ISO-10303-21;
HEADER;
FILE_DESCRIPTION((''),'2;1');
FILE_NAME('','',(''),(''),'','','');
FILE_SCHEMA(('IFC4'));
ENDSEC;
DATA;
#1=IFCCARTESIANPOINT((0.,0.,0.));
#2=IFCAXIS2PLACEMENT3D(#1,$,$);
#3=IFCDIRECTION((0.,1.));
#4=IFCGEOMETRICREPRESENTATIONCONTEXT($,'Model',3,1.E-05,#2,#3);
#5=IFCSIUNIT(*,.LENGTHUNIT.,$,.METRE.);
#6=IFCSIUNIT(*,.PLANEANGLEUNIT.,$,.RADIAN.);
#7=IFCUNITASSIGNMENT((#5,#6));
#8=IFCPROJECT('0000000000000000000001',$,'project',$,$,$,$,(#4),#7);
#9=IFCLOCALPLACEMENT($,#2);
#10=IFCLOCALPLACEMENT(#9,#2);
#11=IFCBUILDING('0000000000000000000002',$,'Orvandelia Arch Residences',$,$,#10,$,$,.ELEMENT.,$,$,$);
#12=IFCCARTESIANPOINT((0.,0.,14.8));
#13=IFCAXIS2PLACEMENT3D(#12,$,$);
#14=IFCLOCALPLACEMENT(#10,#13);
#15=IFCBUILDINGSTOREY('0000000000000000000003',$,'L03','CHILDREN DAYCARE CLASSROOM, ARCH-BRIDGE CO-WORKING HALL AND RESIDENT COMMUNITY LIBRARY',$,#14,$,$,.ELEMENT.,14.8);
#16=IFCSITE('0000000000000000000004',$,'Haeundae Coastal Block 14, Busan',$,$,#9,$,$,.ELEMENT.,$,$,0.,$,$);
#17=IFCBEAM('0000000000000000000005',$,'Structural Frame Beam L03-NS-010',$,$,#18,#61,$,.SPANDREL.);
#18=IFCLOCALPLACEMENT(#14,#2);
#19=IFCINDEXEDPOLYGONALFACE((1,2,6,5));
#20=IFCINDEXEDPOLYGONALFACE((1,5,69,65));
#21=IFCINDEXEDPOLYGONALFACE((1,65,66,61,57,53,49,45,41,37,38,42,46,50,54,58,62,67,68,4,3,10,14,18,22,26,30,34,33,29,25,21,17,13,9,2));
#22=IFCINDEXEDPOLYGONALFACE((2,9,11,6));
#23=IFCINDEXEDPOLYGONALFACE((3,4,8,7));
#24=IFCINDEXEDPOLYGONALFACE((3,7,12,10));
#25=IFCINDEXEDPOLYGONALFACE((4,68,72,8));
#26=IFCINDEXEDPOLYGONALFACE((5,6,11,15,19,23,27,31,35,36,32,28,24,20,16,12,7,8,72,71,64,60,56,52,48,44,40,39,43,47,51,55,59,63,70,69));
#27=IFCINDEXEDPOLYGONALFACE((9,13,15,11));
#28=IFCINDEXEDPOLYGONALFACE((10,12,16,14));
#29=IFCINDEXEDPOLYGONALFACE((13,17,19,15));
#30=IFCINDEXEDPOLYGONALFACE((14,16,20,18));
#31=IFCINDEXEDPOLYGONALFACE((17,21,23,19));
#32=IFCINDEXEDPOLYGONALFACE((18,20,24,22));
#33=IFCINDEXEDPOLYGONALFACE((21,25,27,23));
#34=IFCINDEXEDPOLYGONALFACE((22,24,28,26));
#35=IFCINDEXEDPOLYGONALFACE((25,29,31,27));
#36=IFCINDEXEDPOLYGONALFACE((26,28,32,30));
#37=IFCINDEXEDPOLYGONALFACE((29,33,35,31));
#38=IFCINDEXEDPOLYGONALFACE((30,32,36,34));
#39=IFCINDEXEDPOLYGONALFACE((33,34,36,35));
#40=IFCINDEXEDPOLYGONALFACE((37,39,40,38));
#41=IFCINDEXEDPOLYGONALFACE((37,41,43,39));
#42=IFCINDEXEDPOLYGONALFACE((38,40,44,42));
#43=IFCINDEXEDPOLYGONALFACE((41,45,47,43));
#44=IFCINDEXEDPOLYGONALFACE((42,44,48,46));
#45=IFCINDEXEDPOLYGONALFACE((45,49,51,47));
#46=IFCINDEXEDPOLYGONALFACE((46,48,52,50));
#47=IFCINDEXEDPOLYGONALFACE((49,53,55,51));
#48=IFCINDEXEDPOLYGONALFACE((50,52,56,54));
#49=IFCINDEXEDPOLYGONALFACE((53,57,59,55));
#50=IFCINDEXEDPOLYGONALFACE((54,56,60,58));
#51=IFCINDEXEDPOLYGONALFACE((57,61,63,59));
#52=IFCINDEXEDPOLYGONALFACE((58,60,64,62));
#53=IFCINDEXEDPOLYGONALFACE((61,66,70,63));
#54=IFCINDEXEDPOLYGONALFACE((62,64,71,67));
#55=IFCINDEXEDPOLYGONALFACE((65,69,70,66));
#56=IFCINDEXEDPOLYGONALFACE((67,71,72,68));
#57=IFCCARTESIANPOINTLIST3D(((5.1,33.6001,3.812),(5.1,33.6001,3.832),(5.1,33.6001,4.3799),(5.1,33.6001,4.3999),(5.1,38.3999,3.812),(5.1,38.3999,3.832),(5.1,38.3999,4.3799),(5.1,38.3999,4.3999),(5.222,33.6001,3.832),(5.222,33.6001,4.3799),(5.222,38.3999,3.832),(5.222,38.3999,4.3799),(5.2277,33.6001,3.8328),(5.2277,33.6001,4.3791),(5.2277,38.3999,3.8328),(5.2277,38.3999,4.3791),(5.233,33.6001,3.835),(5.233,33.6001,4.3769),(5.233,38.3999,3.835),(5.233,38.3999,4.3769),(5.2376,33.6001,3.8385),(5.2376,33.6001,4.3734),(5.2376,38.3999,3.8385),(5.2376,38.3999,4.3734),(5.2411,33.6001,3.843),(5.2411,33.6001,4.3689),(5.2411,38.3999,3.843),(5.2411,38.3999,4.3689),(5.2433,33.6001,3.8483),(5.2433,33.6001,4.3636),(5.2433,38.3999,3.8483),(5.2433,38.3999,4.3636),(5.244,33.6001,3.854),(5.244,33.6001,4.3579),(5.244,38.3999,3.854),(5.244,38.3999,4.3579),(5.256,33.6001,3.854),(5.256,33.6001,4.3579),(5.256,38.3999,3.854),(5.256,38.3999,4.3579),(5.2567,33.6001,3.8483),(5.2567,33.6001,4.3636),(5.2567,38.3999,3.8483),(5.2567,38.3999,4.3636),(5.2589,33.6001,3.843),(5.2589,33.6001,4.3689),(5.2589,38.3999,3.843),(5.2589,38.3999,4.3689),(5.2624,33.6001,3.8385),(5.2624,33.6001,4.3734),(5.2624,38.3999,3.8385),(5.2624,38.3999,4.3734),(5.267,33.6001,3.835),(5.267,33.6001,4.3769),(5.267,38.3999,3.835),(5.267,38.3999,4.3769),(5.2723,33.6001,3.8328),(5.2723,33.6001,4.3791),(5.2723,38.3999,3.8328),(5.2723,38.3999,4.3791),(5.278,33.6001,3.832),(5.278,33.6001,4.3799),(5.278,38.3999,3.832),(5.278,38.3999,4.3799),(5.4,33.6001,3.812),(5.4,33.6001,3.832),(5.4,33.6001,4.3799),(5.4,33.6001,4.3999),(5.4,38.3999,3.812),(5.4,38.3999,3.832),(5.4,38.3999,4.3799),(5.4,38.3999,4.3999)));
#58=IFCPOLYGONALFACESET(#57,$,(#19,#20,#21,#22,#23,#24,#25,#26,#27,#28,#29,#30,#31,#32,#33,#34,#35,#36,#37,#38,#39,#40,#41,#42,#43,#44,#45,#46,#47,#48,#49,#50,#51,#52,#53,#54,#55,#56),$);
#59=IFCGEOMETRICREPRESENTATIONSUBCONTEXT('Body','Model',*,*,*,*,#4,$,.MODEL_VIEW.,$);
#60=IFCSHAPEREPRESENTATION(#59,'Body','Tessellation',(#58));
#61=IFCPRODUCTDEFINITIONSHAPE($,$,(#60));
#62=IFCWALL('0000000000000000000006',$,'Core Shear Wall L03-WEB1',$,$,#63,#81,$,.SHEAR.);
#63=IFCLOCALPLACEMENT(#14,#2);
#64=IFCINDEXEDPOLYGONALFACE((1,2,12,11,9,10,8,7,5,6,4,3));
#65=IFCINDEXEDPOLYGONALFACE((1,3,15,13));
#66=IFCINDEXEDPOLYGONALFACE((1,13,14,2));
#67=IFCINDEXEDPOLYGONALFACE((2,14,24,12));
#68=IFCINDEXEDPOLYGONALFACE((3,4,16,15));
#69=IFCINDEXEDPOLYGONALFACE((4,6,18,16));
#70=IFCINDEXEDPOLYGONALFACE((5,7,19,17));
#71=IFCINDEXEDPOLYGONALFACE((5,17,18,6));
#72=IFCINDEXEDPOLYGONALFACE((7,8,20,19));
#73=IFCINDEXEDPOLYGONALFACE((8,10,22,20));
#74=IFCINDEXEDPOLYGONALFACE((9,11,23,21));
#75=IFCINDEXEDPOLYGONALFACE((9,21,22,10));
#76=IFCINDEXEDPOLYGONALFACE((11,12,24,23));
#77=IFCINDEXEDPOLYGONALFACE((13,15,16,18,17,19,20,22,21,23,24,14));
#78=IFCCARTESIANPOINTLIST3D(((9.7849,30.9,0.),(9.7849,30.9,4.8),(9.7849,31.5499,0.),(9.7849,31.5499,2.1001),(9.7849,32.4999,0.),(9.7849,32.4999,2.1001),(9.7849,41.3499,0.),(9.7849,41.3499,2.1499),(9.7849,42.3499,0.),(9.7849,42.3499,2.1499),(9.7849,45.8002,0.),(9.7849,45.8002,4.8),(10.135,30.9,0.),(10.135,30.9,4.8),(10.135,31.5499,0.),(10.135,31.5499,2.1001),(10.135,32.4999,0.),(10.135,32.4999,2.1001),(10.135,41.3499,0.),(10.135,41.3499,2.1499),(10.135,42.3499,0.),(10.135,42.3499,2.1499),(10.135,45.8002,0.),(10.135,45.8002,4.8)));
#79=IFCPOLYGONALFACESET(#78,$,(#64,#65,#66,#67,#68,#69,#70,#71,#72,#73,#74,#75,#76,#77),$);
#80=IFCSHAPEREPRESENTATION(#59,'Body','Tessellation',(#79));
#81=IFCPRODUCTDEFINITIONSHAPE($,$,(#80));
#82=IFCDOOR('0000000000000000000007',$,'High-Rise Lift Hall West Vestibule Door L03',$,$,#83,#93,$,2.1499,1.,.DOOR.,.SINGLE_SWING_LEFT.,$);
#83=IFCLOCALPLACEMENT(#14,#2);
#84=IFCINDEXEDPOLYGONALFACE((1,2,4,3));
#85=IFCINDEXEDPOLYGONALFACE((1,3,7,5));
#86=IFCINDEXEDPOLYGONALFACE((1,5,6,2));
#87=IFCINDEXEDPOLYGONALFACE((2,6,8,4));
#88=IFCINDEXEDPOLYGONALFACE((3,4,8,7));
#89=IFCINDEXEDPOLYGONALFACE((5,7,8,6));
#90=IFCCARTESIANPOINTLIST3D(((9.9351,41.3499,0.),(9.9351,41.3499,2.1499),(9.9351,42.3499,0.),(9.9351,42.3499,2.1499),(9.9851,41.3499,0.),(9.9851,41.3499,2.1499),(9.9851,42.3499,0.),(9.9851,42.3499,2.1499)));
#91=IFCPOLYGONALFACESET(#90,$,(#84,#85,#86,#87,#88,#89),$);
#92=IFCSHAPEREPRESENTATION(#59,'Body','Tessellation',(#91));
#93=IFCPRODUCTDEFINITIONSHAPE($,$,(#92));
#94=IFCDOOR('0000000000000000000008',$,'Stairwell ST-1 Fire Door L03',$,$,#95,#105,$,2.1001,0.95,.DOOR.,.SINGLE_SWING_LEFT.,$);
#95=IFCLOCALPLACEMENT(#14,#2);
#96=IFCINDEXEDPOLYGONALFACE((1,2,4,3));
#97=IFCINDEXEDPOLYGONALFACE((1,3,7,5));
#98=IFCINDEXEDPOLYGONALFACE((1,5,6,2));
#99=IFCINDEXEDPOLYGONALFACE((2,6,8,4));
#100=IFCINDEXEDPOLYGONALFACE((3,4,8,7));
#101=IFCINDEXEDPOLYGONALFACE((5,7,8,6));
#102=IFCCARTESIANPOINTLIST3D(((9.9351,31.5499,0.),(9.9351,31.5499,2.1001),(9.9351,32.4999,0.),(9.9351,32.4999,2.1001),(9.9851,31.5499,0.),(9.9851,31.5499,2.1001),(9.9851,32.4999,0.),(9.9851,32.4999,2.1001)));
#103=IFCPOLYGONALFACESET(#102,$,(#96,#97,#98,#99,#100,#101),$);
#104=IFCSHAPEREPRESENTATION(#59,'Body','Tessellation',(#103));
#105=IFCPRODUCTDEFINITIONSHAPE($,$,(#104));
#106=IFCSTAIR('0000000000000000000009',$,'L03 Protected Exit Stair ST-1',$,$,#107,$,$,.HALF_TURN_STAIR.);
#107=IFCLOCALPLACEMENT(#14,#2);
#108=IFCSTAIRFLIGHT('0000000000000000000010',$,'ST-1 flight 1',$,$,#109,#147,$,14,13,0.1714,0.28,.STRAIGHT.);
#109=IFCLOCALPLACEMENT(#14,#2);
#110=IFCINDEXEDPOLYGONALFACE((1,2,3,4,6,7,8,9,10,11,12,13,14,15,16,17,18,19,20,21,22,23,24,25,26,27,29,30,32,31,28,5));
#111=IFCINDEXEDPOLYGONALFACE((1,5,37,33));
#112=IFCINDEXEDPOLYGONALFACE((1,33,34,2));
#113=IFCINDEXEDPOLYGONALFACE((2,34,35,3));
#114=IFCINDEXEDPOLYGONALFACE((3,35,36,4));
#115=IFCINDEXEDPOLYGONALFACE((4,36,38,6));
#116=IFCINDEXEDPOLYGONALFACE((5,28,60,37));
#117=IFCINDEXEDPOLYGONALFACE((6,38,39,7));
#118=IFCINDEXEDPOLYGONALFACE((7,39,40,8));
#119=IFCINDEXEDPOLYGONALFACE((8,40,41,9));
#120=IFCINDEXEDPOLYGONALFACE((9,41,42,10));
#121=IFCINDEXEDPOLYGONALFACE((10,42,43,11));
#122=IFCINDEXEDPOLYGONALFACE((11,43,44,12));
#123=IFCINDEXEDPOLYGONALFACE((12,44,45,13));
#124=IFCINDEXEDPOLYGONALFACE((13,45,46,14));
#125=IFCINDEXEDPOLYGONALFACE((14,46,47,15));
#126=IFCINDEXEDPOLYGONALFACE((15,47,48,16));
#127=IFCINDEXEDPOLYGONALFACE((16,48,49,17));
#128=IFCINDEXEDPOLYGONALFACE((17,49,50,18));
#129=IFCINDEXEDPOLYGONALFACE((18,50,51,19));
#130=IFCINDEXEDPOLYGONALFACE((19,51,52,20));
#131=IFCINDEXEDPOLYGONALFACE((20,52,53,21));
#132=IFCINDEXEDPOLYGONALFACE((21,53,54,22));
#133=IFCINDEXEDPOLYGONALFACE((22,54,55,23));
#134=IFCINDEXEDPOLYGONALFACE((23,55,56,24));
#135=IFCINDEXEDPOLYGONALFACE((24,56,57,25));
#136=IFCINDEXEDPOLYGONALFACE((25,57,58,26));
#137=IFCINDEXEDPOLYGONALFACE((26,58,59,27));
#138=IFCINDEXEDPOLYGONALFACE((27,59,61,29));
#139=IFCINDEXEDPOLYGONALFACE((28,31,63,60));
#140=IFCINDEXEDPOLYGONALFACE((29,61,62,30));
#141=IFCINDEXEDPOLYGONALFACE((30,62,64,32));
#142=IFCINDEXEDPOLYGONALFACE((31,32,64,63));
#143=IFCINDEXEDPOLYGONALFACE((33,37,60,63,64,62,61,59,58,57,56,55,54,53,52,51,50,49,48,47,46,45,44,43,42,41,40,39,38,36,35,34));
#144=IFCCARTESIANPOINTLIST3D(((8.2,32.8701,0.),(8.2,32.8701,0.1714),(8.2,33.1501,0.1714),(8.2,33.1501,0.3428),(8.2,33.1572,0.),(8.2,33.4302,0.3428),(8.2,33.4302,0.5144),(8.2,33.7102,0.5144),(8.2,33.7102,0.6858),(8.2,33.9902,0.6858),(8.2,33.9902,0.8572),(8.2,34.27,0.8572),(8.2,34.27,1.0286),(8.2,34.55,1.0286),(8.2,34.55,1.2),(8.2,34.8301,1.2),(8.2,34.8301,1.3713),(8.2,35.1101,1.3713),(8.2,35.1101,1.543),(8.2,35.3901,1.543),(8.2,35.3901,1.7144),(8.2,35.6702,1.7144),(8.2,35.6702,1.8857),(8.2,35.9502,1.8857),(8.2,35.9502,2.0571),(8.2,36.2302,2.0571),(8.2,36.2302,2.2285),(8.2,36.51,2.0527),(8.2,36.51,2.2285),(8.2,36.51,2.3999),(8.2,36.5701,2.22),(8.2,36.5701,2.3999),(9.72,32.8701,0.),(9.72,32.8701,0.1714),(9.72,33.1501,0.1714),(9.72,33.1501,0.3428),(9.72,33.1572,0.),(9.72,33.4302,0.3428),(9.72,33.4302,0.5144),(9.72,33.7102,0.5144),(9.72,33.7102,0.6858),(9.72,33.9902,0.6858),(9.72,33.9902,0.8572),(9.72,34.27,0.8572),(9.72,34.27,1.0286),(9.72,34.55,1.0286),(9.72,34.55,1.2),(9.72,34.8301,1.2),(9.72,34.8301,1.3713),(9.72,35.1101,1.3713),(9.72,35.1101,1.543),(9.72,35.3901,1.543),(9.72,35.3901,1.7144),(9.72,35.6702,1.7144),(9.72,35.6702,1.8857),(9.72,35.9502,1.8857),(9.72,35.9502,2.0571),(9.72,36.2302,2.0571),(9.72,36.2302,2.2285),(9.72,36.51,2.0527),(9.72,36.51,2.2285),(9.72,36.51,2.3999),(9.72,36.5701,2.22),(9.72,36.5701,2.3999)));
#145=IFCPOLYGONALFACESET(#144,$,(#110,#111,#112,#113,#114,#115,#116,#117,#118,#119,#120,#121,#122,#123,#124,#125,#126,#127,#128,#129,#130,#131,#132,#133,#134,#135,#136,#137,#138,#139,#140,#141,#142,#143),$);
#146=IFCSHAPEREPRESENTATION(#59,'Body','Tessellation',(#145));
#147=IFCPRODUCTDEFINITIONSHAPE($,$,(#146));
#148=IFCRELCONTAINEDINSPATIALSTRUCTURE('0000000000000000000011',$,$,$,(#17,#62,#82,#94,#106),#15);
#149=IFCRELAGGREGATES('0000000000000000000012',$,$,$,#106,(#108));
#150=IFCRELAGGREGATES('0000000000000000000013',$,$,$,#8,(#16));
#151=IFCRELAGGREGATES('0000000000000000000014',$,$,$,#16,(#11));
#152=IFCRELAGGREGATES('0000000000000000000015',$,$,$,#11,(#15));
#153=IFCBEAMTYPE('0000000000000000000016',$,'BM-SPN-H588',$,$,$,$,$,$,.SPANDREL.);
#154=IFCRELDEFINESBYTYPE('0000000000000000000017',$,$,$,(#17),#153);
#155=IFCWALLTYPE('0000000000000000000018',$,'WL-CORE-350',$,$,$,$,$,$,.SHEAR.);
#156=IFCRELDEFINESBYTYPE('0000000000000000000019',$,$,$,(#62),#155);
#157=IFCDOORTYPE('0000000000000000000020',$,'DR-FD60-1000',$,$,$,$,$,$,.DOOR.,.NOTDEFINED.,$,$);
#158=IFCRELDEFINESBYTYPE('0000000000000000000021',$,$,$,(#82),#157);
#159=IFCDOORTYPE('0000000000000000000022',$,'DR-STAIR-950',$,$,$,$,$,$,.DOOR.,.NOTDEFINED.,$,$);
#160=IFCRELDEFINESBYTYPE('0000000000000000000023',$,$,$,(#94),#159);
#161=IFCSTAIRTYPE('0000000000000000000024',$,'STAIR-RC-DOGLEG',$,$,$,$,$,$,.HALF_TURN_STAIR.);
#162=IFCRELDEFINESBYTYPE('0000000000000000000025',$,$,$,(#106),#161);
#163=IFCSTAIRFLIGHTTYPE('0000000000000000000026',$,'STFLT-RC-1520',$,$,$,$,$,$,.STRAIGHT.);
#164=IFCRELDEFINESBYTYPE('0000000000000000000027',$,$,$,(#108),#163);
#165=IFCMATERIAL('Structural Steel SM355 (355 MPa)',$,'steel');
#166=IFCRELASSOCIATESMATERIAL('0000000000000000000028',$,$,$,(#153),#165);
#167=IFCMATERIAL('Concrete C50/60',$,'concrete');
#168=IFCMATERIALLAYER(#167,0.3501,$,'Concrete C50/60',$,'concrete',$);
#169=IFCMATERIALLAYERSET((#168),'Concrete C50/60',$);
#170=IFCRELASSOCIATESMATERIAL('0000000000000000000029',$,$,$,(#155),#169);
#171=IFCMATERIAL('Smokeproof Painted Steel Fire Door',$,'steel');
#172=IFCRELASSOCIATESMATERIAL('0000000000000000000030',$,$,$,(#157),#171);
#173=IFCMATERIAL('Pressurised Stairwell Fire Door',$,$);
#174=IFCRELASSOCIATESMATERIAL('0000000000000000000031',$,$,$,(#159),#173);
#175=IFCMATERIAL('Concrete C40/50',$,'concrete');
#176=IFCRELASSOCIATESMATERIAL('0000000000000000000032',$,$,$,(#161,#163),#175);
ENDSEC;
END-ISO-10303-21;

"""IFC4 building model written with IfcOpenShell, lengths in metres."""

from ifc_helpers import new_model, si_unit, direction, frame, frame_2d, origin, origin_2d, place, context, subcontext, project, spatial, polyline, rectangle, i_section, outline, extrude, material, layer, layer_set, material_profile, profile_set, type_object, element, fill, aggregate, save


model = new_model("IFC4")

# Units and contexts
model_context = context("Model", 3, precision=1e-05, world=origin(), true_north=direction((0.0, 1.0)))
body_context = subcontext(model_context, "Body", "Model", "MODEL_VIEW")
ifc_project = project(units=[si_unit("LENGTHUNIT", "METRE"), si_unit("PLANEANGLEUNIT", "RADIAN")], contexts=[model_context])

# Site, building, storey
site_placement = place(None, origin())
site = spatial("IfcSite", under=ifc_project, at=site_placement, Name="Haeundae Coastal Block 14, Busan", CompositionType="ELEMENT", RefElevation=0.0)
building_placement = place(site_placement, origin())
building = spatial("IfcBuilding", under=site, at=building_placement, Name="Orvandelia Arch Residences", CompositionType="ELEMENT")
storey_placement = place(building_placement, frame((0.0, 0.0, 14.8)))
storey = spatial("IfcBuildingStorey", under=building, at=storey_placement, Name="L03", Description="CHILDREN DAYCARE CLASSROOM, ARCH-BRIDGE CO-WORKING HALL AND RESIDENT COMMUNITY LIBRARY", CompositionType="ELEMENT", Elevation=14.8)

# Beam
ifc_material_1 = material(Name="Structural Steel SM355 (355 MPa)", Category="steel")
ifc_material_profile_1 = material_profile(ifc_material_1, i_section(OverallWidth=0.3, OverallDepth=0.5879, WebThickness=0.012, FlangeThickness=0.02, FilletRadius=0.022, at=origin_2d()), Name="Structural Steel SM355 (355 MPa)", Category="steel")
ifc_profile_set_1 = profile_set([ifc_material_profile_1], Name="Structural Steel SM355 (355 MPa)")
beam_type_1 = type_object("IfcBeamType", Name="BM-SPN-H588", PredefinedType="SPANDREL", material=ifc_profile_set_1)
beam_1_placement = place(storey_placement, frame((5.25, 33.6001, 4.106), z_axis=(0.0, 1.0, 0.0), x_axis=(-1.0, 0.0, 0.0)))
element("IfcBeam", 1, at=beam_1_placement, inside=storey, type_object=beam_type_1, Name="Structural Frame Beam L03-NS-010", PredefinedType="SPANDREL", context=body_context, shape_type="SweptSolid", body=[
    extrude(i_section(OverallWidth=0.3, OverallDepth=0.5879, WebThickness=0.012, FlangeThickness=0.02, FilletRadius=0.022, at=origin_2d()), origin(), (0.0, 0.0, 1.0), 4.7998),
])

# Wall, openings, doors
ifc_material_2 = material(Name="Concrete C50/60", Category="concrete")
ifc_layer_1 = layer(ifc_material_2, 0.3501, Name="Concrete C50/60", Category="concrete")
ifc_layer_set_1 = layer_set([ifc_layer_1], Name="Concrete C50/60")
wall_type_1 = type_object("IfcWallType", Name="WL-CORE-350", PredefinedType="SHEAR", material=ifc_layer_set_1)
wall_1_placement = place(storey_placement, frame((9.96, 30.8999, 0.0), z_axis=(0.0, 0.0, 1.0), x_axis=(0.0, 1.0, 0.0)))
wall_1 = element("IfcWall", 2, at=wall_1_placement, inside=storey, type_object=wall_type_1, Name="Core Shear Wall L03-WEB1", PredefinedType="SHEAR", context=body_context, shape_type="SweptSolid", body=[
    extrude(rectangle(XDim=14.9001, YDim=0.3501, at=frame_2d((7.4502, 0.0))), origin(), (0.0, 0.0, 1.0), 4.8),
])
opening_1_placement = place(wall_1_placement, frame((0.6499, 0.0, 0.0)))
opening_1 = element("IfcOpeningElement", 3, at=opening_1_placement, cuts=wall_1, PredefinedType="OPENING", context=body_context, shape_type="SweptSolid", body=[
    extrude(rectangle(XDim=0.95, YDim=2.1001, at=frame_2d((0.4751, 1.05))), frame((0.0, 0.1851, 0.0), z_axis=(0.0, -1.0, 0.0), x_axis=(1.0, 0.0, 0.0)), (0.0, 0.0, 1.0), 0.3701),
])
opening_2_placement = place(wall_1_placement, frame((10.45, 0.0, 0.0)))
opening_2 = element("IfcOpeningElement", 4, at=opening_2_placement, cuts=wall_1, PredefinedType="OPENING", context=body_context, shape_type="SweptSolid", body=[
    extrude(rectangle(XDim=1.0, YDim=2.1499, at=frame_2d((0.5, 1.075))), frame((0.0, 0.1851, 0.0), z_axis=(0.0, -1.0, 0.0), x_axis=(1.0, 0.0, 0.0)), (0.0, 0.0, 1.0), 0.3701),
])
ifc_material_3 = material(Name="Smokeproof Painted Steel Fire Door", Category="steel")
door_type_1 = type_object("IfcDoorType", Name="DR-FD60-1000", OperationType="NOTDEFINED", PredefinedType="DOOR", material=ifc_material_3)
door_1_placement = place(opening_2_placement, origin())
door_1 = element("IfcDoor", 5, at=door_1_placement, inside=storey, type_object=door_type_1, Name="High-Rise Lift Hall West Vestibule Door L03", OperationType="SINGLE_SWING_LEFT", OverallHeight=2.1499, OverallWidth=1.0, PredefinedType="DOOR", context=body_context, shape_type="SweptSolid", body=[
    extrude(rectangle(XDim=1.0, YDim=2.1499, at=frame_2d((0.5, 1.075))), frame((0.0, 0.0249, 0.0), z_axis=(0.0, -1.0, 0.0), x_axis=(1.0, 0.0, 0.0)), (0.0, 0.0, 1.0), 0.05),
])
fill(opening_2, door_1)
ifc_material_4 = material(Name="Pressurised Stairwell Fire Door")
door_type_2 = type_object("IfcDoorType", Name="DR-STAIR-950", OperationType="NOTDEFINED", PredefinedType="DOOR", material=ifc_material_4)
door_2_placement = place(opening_1_placement, origin())
door_2 = element("IfcDoor", 6, at=door_2_placement, inside=storey, type_object=door_type_2, Name="Stairwell ST-1 Fire Door L03", OperationType="SINGLE_SWING_LEFT", OverallHeight=2.1001, OverallWidth=0.95, PredefinedType="DOOR", context=body_context, shape_type="SweptSolid", body=[
    extrude(rectangle(XDim=0.95, YDim=2.1001, at=frame_2d((0.4751, 1.05))), frame((0.0, 0.0249, 0.0), z_axis=(0.0, -1.0, 0.0), x_axis=(1.0, 0.0, 0.0)), (0.0, 0.0, 1.0), 0.05),
])
fill(opening_1, door_2)

# Stair, stair flight
ifc_material_5 = material(Name="Concrete C40/50", Category="concrete")
stair_type = type_object("IfcStairType", Name="STAIR-RC-DOGLEG", PredefinedType="HALF_TURN_STAIR", material=ifc_material_5)
stair_placement = place(storey_placement, origin())
stair = element("IfcStair", 7, at=stair_placement, inside=storey, type_object=stair_type, Name="L03 Protected Exit Stair ST-1", PredefinedType="HALF_TURN_STAIR")
stair_flight_type = type_object("IfcStairFlightType", Name="STFLT-RC-1520", PredefinedType="STRAIGHT", material=ifc_material_5)
stair_flight_1_placement = place(storey_placement, frame((8.96, 32.8701, 0.0), z_axis=(0.0, 0.0, 1.0), x_axis=(0.0, 1.0, 0.0)))
stair_flight_1 = element("IfcStairFlight", 8, at=stair_flight_1_placement, type_object=stair_flight_type, Name="ST-1 flight 1", NumberOfRisers=14, NumberOfTreads=13, PredefinedType="STRAIGHT", RiserHeight=0.1714, TreadLength=0.28, context=body_context, shape_type="SweptSolid", body=[
    extrude(outline(polyline([(0.0, 0.0), (0.0, 0.1714), (0.28, 0.1714), (0.28, 0.3428), (0.5601, 0.3428), (0.5601, 0.5144), (0.8401, 0.5144), (0.8401, 0.6858), (1.1201, 0.6858), (1.1201, 0.8572), (1.3999, 0.8572), (1.3999, 1.0286), (1.6799, 1.0286), (1.6799, 1.2), (1.96, 1.2), (1.96, 1.3713), (2.24, 1.3713), (2.24, 1.543), (2.52, 1.543), (2.52, 1.7144), (2.8, 1.7144), (2.8, 1.8857), (3.0801, 1.8857), (3.0801, 2.0571), (3.3601, 2.0571), (3.3601, 2.2285), (3.6399, 2.2285), (3.6399, 2.3999), (3.7, 2.3999), (3.7, 2.22), (3.6399, 2.0527), (0.2871, 0.0), (0.0, 0.0)])), frame((0.0, 0.76, 0.0), z_axis=(0.0, -1.0, 0.0), x_axis=(1.0, 0.0, 0.0)), (0.0, 0.0, 1.0), 1.52),
])
aggregate(stair, [stair_flight_1])

save(model, "model.ifc")
